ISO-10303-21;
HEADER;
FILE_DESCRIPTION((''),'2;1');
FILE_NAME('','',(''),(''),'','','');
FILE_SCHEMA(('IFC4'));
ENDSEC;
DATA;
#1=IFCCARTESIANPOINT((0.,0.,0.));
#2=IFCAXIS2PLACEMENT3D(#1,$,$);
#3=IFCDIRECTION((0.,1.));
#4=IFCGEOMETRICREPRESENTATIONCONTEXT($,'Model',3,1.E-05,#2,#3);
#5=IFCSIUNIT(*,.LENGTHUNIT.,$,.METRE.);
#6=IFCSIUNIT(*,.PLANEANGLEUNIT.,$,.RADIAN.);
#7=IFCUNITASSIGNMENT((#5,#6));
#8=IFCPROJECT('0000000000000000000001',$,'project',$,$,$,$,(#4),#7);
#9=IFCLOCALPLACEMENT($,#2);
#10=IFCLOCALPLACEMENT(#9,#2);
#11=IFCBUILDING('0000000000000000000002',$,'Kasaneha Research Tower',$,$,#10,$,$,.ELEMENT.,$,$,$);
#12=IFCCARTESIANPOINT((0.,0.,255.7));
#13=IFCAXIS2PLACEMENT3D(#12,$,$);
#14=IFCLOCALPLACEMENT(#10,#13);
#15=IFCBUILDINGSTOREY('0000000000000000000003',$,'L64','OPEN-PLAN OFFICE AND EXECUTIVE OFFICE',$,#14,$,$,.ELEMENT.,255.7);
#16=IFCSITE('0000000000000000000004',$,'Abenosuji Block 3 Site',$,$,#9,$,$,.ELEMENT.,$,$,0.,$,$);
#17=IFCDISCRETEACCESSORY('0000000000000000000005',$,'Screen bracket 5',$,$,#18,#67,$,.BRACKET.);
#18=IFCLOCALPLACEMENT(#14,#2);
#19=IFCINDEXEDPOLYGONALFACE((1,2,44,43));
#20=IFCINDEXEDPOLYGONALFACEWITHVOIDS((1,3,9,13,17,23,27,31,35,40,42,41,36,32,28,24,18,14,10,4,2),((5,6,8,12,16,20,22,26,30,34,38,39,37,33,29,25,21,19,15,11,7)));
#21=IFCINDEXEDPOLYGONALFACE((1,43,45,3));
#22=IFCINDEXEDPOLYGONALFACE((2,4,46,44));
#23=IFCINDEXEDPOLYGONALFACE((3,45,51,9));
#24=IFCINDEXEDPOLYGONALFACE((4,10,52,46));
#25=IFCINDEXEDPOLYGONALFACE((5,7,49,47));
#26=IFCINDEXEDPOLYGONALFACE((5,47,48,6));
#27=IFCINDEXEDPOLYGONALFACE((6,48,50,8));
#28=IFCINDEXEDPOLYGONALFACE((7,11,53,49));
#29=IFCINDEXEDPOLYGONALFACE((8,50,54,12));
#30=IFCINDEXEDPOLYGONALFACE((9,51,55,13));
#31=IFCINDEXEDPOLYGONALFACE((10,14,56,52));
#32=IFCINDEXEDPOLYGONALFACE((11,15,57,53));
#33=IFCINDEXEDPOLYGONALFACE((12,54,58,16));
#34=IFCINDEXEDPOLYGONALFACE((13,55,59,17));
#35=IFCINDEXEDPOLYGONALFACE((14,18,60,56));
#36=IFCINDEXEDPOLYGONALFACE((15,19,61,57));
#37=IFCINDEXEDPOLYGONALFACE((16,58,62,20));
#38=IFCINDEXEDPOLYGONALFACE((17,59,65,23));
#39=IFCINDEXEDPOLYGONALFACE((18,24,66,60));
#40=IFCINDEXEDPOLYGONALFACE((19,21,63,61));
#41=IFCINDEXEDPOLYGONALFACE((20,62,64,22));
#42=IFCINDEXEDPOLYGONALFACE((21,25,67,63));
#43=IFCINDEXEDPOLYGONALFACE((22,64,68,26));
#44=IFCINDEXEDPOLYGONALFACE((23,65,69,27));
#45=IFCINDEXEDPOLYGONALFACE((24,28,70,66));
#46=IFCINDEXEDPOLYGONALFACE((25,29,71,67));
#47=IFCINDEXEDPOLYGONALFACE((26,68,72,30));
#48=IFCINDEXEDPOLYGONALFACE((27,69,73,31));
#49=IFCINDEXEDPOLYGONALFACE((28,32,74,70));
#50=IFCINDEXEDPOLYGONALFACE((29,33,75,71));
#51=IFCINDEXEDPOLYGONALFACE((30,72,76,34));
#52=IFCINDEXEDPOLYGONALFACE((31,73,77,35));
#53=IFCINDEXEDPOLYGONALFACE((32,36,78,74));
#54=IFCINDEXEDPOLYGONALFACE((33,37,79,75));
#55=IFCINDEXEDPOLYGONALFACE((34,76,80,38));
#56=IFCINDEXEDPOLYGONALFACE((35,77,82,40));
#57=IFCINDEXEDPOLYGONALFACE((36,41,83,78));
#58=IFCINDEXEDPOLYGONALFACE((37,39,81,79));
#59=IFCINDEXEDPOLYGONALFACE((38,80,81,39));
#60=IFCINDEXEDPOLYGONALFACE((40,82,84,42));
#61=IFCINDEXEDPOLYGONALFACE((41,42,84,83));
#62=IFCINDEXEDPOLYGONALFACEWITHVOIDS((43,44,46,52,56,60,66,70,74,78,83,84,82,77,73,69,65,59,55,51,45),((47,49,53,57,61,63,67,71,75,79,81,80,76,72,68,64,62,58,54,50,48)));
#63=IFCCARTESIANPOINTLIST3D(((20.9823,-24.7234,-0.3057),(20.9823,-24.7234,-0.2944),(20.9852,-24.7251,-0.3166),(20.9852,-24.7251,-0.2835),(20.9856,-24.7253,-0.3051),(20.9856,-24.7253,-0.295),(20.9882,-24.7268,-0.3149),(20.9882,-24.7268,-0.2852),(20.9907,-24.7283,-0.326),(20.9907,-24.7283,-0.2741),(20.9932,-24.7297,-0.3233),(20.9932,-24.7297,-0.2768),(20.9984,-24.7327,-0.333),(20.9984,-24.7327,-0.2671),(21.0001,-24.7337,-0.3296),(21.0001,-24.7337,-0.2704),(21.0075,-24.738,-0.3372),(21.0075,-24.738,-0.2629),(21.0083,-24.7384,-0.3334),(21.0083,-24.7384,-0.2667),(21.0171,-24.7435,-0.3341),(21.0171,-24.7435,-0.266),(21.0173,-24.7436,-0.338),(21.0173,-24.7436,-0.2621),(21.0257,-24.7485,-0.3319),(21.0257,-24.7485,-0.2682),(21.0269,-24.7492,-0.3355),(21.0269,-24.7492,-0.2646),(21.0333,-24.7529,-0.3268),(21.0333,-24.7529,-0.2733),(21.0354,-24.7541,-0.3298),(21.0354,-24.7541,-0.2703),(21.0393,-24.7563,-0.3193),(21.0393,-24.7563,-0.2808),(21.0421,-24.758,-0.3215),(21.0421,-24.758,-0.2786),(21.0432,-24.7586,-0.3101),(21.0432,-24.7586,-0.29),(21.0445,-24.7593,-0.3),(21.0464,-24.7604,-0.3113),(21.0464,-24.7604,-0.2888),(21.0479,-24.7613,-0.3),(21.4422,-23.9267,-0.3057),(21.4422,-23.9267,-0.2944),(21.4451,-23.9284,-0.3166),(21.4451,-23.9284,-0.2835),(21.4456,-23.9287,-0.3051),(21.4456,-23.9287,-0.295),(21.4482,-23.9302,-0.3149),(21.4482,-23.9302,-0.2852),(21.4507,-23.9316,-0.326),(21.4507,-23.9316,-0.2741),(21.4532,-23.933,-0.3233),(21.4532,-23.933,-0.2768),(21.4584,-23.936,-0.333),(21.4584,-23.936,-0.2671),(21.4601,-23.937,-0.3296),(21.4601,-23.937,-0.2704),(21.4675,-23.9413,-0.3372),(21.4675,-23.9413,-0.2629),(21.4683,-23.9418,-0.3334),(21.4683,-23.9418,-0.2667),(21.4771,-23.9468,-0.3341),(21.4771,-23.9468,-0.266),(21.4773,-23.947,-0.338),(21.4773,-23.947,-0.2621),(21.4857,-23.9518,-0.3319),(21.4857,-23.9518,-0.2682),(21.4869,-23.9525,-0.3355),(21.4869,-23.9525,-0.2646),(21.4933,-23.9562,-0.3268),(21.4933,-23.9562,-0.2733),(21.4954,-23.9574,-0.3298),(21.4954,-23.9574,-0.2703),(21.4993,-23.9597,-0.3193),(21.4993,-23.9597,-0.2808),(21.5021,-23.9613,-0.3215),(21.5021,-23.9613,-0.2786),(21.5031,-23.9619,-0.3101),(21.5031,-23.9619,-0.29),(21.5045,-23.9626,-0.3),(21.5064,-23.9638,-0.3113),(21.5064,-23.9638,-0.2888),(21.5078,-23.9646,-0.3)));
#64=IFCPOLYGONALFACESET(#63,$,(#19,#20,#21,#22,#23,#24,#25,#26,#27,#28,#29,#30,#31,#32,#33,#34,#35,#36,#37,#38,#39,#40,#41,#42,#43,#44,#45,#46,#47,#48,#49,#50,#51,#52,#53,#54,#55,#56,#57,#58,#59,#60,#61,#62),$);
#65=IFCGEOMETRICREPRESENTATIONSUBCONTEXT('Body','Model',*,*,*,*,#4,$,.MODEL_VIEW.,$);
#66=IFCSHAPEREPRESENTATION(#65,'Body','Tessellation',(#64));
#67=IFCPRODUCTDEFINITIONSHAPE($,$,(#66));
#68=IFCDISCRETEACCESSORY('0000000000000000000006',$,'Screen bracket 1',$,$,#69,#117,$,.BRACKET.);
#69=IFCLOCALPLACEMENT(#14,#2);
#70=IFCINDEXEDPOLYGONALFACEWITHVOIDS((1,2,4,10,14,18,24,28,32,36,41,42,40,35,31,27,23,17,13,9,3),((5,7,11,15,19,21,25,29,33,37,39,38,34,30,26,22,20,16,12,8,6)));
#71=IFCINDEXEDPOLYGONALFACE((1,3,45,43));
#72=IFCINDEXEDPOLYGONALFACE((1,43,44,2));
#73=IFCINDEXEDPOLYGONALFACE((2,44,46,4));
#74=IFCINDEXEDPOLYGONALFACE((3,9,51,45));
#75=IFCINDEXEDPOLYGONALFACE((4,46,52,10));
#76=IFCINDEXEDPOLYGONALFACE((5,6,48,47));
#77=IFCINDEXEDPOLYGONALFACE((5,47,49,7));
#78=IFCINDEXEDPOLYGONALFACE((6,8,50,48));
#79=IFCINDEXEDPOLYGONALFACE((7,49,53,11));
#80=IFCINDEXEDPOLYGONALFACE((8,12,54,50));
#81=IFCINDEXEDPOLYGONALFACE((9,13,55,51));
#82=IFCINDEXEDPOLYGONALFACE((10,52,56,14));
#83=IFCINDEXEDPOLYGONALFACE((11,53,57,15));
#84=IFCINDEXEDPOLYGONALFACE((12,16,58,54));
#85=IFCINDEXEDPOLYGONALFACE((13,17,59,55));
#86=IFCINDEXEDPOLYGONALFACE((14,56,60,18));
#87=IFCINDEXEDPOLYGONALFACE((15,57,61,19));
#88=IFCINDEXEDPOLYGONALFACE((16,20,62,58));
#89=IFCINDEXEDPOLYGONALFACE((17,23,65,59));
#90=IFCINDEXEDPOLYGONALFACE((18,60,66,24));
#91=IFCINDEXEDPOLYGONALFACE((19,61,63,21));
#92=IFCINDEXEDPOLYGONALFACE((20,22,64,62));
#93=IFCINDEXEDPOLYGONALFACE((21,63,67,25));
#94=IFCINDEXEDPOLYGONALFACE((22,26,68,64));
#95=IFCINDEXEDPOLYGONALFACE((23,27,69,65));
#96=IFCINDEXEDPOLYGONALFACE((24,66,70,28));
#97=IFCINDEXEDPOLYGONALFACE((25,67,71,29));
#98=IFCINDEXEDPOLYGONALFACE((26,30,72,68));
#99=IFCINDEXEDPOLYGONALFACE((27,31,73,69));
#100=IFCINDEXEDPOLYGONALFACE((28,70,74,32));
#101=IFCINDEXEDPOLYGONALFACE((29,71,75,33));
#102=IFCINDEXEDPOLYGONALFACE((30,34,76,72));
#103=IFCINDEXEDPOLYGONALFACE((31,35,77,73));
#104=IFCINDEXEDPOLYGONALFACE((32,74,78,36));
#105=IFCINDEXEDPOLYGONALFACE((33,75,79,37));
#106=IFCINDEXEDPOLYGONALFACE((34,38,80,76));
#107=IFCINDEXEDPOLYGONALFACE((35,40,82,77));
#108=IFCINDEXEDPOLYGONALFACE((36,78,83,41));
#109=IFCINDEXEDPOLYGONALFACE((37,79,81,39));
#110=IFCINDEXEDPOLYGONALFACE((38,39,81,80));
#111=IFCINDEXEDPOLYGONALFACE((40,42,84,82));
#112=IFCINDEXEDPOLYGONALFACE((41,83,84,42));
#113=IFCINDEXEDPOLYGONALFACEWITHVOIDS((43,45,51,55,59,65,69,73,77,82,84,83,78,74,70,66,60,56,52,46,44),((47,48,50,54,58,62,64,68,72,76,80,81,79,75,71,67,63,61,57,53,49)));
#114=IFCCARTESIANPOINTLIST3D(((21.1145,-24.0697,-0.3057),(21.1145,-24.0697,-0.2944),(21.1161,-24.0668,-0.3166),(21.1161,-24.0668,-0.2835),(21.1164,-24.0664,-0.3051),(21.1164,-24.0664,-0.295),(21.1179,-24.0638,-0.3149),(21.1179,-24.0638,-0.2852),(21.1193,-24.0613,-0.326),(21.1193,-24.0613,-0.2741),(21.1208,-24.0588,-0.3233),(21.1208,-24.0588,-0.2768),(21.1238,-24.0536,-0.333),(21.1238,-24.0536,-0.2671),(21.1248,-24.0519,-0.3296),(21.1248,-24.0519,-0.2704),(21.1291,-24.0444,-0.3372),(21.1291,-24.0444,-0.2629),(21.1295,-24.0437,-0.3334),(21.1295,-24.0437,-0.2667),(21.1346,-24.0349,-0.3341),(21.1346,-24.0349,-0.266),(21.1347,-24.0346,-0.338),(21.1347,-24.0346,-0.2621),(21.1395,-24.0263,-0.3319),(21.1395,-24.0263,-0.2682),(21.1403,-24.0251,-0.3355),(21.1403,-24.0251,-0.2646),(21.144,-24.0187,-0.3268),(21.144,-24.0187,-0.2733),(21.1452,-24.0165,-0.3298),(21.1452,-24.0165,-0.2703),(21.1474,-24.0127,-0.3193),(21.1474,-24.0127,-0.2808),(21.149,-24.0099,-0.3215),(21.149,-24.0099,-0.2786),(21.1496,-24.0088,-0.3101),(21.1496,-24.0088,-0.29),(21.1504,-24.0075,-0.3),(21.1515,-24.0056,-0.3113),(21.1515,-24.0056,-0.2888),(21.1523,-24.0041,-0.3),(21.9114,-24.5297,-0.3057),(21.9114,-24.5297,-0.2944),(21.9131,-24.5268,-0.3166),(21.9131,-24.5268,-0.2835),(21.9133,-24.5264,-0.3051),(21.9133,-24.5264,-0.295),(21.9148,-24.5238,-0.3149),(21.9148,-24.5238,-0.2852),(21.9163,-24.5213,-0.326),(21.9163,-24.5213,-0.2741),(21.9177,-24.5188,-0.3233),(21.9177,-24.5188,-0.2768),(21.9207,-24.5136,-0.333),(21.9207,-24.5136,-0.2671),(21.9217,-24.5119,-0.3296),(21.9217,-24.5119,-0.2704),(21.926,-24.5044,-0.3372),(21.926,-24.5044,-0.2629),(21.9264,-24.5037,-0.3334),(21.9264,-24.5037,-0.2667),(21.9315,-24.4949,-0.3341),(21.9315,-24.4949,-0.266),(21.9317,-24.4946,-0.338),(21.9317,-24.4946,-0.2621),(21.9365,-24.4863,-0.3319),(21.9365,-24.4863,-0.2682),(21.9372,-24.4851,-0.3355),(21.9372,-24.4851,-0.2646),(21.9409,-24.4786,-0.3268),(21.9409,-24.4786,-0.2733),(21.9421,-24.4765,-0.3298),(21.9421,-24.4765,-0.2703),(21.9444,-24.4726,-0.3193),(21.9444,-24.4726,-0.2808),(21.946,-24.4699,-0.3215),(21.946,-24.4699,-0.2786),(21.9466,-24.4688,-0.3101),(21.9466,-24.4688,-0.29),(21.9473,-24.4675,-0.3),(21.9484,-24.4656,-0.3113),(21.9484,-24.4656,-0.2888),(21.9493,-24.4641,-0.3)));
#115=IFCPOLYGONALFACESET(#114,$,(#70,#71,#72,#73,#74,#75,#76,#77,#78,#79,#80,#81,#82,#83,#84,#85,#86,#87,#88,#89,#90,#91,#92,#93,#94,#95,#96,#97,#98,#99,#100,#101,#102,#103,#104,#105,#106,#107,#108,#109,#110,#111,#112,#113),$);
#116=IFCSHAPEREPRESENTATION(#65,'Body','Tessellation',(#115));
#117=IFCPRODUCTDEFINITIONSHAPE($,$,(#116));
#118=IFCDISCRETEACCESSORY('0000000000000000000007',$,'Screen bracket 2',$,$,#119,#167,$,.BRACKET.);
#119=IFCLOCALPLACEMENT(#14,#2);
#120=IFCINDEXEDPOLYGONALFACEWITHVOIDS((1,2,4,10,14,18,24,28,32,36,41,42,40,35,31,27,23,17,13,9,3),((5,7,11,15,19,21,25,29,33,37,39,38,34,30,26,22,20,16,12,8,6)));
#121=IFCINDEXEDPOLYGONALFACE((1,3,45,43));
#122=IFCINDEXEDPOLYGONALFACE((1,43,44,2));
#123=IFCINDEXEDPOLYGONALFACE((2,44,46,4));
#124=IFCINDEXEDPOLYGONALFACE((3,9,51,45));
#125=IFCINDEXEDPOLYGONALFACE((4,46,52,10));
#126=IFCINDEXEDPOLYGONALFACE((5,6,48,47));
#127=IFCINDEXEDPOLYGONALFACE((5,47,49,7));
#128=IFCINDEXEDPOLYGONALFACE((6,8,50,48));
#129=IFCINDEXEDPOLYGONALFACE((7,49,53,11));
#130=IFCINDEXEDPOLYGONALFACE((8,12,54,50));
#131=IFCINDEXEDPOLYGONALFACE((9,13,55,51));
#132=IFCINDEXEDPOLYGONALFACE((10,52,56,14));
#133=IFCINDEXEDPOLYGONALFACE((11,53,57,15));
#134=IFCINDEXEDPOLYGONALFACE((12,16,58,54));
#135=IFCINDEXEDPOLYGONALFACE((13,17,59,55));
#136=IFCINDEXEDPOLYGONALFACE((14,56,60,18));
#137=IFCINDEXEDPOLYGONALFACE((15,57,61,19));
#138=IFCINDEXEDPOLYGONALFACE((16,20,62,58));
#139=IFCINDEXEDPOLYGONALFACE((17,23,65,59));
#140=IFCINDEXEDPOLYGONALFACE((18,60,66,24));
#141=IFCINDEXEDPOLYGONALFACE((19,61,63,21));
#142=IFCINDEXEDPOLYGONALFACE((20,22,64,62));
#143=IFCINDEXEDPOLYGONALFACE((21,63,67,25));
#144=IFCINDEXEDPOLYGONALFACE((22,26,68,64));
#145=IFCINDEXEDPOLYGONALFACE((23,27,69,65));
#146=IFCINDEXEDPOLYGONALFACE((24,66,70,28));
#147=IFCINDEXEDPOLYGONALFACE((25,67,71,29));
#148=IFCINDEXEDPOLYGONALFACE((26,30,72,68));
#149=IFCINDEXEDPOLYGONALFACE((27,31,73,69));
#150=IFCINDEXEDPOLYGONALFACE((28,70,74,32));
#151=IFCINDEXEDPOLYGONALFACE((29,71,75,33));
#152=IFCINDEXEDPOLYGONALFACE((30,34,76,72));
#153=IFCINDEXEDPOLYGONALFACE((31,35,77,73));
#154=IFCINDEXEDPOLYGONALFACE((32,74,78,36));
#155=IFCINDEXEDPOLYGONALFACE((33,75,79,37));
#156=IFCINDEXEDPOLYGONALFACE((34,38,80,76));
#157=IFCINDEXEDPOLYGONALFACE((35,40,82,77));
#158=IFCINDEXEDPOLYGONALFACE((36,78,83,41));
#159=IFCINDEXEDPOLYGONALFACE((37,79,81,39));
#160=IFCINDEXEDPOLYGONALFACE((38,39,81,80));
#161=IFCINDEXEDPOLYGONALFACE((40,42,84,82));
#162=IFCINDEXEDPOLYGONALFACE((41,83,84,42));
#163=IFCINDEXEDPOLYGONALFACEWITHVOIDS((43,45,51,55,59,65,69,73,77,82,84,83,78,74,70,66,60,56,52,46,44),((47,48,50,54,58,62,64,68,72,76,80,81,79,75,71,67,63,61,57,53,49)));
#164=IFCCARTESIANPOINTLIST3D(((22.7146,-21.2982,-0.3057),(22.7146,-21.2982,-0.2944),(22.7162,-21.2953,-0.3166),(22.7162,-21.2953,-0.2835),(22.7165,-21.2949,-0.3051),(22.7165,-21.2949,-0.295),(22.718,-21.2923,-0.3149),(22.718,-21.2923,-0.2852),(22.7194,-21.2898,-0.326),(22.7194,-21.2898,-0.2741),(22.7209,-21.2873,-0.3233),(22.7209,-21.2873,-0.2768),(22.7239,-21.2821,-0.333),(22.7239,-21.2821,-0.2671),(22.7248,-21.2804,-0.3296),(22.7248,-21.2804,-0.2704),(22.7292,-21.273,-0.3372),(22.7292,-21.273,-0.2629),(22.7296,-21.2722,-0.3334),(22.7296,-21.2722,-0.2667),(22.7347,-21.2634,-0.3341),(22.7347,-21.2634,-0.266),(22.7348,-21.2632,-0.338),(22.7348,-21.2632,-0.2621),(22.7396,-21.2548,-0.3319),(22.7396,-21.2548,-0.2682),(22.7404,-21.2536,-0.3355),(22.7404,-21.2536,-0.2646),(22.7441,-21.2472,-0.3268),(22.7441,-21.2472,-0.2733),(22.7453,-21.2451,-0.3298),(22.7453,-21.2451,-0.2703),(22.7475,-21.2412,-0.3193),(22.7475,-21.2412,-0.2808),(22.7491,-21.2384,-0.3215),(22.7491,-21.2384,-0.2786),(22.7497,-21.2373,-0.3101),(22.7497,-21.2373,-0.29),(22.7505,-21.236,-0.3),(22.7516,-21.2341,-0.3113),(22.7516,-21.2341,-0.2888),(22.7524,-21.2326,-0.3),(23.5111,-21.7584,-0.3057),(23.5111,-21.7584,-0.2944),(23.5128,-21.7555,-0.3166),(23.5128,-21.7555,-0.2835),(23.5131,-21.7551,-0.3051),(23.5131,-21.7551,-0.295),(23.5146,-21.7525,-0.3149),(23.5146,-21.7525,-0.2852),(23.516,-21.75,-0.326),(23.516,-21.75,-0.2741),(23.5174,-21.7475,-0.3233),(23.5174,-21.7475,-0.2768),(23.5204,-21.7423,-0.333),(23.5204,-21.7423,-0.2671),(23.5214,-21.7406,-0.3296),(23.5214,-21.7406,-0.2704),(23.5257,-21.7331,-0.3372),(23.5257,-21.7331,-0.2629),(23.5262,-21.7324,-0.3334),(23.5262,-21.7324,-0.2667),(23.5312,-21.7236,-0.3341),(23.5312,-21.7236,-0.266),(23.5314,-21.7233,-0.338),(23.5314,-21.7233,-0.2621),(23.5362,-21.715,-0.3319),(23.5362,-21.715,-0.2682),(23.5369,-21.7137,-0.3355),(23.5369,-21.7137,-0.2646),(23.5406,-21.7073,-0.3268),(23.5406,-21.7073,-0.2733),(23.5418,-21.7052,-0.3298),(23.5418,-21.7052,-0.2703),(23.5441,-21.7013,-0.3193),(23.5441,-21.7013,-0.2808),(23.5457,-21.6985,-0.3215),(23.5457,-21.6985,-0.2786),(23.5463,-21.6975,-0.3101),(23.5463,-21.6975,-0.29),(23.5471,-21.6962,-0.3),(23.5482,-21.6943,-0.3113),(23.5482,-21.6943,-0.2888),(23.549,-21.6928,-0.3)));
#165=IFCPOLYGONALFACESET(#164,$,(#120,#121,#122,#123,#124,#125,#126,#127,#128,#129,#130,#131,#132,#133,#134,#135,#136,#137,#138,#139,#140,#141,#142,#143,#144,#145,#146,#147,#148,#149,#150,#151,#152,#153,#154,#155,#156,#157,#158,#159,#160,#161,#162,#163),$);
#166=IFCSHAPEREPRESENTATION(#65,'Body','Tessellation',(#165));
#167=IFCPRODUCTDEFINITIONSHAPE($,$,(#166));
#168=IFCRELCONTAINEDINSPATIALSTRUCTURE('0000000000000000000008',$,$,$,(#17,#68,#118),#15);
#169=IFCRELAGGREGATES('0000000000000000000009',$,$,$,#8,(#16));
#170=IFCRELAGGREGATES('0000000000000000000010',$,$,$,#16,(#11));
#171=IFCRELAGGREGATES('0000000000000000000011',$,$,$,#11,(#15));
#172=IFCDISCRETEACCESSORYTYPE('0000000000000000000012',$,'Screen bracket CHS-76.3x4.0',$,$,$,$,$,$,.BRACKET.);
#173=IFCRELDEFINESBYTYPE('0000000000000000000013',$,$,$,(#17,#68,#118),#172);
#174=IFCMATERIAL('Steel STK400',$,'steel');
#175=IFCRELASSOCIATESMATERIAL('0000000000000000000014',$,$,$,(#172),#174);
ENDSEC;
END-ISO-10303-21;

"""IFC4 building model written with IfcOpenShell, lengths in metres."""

from ifc_helpers import new_model, si_unit, direction, frame, origin, origin_2d, place, context, subcontext, project, spatial, hollow_circle, extrude, material, material_profile, profile_set, type_object, element, save


model = new_model("IFC4")

# Units and contexts
model_context = context("Model", 3, precision=1e-05, world=origin(), true_north=direction((0.0, 1.0)))
body_context = subcontext(model_context, "Body", "Model", "MODEL_VIEW")
ifc_project = project(units=[si_unit("LENGTHUNIT", "METRE"), si_unit("PLANEANGLEUNIT", "RADIAN")], contexts=[model_context])

# Site, building, storey
site_placement = place(None, origin())
site = spatial("IfcSite", under=ifc_project, at=site_placement, Name="Abenosuji Block 3 Site", CompositionType="ELEMENT", RefElevation=0.0)
building_placement = place(site_placement, origin())
building = spatial("IfcBuilding", under=site, at=building_placement, Name="Kasaneha Research Tower", CompositionType="ELEMENT")
storey_placement = place(building_placement, frame((0.0, 0.0, 255.7)))
storey = spatial("IfcBuildingStorey", under=building, at=storey_placement, Name="L64", Description="OPEN-PLAN OFFICE AND EXECUTIVE OFFICE", CompositionType="ELEMENT", Elevation=255.7)

# Discrete accessories
ifc_material_1 = material(Name="Steel STK400", Category="steel")
ifc_material_profile_1 = material_profile(ifc_material_1, hollow_circle(Radius=0.0381, WallThickness=0.0039, at=origin_2d()), Name="CHS-76.3x4.0")
ifc_profile_set_1 = profile_set([ifc_material_profile_1], Name="Steel STK400")
discrete_accessory_type = type_object("IfcDiscreteAccessoryType", Name="Screen bracket CHS-76.3x4.0", PredefinedType="BRACKET", material=ifc_profile_set_1)
discrete_accessory_1_placement = place(storey_placement, frame((21.4749, -23.9456, -0.3), z_axis=(-0.500021, -0.866013, 0.0), x_axis=(0.866013, -0.500021, 0.0)))
element("IfcDiscreteAccessory", 1, at=discrete_accessory_1_placement, inside=storey, type_object=discrete_accessory_type, Name="Screen bracket 5", PredefinedType="BRACKET", context=body_context, shape_type="SweptSolid", body=[
    extrude(hollow_circle(Radius=0.0381, WallThickness=0.0039, at=origin_2d()), origin(), (0.0, 0.0, 1.0), 0.9199),
])
discrete_accessory_2_placement = place(storey_placement, frame((21.1333, -24.0371, -0.3), z_axis=(0.86608, -0.499906, 0.0), x_axis=(0.499906, 0.86608, 0.0)))
element("IfcDiscreteAccessory", 2, at=discrete_accessory_2_placement, inside=storey, type_object=discrete_accessory_type, Name="Screen bracket 1", PredefinedType="BRACKET", context=body_context, shape_type="SweptSolid", body=[
    extrude(hollow_circle(Radius=0.0381, WallThickness=0.0039, at=origin_2d()), origin(), (0.0, 0.0, 1.0), 0.9202),
])
discrete_accessory_3_placement = place(storey_placement, frame((22.7334, -21.2656, -0.3), z_axis=(0.865898, -0.50022, 0.0), x_axis=(0.50022, 0.865898, 0.0)))
element("IfcDiscreteAccessory", 3, at=discrete_accessory_3_placement, inside=storey, type_object=discrete_accessory_type, Name="Screen bracket 2", PredefinedType="BRACKET", context=body_context, shape_type="SweptSolid", body=[
    extrude(hollow_circle(Radius=0.0381, WallThickness=0.0039, at=origin_2d()), origin(), (0.0, 0.0, 1.0), 0.9199),
])

save(model, "model.ifc")
